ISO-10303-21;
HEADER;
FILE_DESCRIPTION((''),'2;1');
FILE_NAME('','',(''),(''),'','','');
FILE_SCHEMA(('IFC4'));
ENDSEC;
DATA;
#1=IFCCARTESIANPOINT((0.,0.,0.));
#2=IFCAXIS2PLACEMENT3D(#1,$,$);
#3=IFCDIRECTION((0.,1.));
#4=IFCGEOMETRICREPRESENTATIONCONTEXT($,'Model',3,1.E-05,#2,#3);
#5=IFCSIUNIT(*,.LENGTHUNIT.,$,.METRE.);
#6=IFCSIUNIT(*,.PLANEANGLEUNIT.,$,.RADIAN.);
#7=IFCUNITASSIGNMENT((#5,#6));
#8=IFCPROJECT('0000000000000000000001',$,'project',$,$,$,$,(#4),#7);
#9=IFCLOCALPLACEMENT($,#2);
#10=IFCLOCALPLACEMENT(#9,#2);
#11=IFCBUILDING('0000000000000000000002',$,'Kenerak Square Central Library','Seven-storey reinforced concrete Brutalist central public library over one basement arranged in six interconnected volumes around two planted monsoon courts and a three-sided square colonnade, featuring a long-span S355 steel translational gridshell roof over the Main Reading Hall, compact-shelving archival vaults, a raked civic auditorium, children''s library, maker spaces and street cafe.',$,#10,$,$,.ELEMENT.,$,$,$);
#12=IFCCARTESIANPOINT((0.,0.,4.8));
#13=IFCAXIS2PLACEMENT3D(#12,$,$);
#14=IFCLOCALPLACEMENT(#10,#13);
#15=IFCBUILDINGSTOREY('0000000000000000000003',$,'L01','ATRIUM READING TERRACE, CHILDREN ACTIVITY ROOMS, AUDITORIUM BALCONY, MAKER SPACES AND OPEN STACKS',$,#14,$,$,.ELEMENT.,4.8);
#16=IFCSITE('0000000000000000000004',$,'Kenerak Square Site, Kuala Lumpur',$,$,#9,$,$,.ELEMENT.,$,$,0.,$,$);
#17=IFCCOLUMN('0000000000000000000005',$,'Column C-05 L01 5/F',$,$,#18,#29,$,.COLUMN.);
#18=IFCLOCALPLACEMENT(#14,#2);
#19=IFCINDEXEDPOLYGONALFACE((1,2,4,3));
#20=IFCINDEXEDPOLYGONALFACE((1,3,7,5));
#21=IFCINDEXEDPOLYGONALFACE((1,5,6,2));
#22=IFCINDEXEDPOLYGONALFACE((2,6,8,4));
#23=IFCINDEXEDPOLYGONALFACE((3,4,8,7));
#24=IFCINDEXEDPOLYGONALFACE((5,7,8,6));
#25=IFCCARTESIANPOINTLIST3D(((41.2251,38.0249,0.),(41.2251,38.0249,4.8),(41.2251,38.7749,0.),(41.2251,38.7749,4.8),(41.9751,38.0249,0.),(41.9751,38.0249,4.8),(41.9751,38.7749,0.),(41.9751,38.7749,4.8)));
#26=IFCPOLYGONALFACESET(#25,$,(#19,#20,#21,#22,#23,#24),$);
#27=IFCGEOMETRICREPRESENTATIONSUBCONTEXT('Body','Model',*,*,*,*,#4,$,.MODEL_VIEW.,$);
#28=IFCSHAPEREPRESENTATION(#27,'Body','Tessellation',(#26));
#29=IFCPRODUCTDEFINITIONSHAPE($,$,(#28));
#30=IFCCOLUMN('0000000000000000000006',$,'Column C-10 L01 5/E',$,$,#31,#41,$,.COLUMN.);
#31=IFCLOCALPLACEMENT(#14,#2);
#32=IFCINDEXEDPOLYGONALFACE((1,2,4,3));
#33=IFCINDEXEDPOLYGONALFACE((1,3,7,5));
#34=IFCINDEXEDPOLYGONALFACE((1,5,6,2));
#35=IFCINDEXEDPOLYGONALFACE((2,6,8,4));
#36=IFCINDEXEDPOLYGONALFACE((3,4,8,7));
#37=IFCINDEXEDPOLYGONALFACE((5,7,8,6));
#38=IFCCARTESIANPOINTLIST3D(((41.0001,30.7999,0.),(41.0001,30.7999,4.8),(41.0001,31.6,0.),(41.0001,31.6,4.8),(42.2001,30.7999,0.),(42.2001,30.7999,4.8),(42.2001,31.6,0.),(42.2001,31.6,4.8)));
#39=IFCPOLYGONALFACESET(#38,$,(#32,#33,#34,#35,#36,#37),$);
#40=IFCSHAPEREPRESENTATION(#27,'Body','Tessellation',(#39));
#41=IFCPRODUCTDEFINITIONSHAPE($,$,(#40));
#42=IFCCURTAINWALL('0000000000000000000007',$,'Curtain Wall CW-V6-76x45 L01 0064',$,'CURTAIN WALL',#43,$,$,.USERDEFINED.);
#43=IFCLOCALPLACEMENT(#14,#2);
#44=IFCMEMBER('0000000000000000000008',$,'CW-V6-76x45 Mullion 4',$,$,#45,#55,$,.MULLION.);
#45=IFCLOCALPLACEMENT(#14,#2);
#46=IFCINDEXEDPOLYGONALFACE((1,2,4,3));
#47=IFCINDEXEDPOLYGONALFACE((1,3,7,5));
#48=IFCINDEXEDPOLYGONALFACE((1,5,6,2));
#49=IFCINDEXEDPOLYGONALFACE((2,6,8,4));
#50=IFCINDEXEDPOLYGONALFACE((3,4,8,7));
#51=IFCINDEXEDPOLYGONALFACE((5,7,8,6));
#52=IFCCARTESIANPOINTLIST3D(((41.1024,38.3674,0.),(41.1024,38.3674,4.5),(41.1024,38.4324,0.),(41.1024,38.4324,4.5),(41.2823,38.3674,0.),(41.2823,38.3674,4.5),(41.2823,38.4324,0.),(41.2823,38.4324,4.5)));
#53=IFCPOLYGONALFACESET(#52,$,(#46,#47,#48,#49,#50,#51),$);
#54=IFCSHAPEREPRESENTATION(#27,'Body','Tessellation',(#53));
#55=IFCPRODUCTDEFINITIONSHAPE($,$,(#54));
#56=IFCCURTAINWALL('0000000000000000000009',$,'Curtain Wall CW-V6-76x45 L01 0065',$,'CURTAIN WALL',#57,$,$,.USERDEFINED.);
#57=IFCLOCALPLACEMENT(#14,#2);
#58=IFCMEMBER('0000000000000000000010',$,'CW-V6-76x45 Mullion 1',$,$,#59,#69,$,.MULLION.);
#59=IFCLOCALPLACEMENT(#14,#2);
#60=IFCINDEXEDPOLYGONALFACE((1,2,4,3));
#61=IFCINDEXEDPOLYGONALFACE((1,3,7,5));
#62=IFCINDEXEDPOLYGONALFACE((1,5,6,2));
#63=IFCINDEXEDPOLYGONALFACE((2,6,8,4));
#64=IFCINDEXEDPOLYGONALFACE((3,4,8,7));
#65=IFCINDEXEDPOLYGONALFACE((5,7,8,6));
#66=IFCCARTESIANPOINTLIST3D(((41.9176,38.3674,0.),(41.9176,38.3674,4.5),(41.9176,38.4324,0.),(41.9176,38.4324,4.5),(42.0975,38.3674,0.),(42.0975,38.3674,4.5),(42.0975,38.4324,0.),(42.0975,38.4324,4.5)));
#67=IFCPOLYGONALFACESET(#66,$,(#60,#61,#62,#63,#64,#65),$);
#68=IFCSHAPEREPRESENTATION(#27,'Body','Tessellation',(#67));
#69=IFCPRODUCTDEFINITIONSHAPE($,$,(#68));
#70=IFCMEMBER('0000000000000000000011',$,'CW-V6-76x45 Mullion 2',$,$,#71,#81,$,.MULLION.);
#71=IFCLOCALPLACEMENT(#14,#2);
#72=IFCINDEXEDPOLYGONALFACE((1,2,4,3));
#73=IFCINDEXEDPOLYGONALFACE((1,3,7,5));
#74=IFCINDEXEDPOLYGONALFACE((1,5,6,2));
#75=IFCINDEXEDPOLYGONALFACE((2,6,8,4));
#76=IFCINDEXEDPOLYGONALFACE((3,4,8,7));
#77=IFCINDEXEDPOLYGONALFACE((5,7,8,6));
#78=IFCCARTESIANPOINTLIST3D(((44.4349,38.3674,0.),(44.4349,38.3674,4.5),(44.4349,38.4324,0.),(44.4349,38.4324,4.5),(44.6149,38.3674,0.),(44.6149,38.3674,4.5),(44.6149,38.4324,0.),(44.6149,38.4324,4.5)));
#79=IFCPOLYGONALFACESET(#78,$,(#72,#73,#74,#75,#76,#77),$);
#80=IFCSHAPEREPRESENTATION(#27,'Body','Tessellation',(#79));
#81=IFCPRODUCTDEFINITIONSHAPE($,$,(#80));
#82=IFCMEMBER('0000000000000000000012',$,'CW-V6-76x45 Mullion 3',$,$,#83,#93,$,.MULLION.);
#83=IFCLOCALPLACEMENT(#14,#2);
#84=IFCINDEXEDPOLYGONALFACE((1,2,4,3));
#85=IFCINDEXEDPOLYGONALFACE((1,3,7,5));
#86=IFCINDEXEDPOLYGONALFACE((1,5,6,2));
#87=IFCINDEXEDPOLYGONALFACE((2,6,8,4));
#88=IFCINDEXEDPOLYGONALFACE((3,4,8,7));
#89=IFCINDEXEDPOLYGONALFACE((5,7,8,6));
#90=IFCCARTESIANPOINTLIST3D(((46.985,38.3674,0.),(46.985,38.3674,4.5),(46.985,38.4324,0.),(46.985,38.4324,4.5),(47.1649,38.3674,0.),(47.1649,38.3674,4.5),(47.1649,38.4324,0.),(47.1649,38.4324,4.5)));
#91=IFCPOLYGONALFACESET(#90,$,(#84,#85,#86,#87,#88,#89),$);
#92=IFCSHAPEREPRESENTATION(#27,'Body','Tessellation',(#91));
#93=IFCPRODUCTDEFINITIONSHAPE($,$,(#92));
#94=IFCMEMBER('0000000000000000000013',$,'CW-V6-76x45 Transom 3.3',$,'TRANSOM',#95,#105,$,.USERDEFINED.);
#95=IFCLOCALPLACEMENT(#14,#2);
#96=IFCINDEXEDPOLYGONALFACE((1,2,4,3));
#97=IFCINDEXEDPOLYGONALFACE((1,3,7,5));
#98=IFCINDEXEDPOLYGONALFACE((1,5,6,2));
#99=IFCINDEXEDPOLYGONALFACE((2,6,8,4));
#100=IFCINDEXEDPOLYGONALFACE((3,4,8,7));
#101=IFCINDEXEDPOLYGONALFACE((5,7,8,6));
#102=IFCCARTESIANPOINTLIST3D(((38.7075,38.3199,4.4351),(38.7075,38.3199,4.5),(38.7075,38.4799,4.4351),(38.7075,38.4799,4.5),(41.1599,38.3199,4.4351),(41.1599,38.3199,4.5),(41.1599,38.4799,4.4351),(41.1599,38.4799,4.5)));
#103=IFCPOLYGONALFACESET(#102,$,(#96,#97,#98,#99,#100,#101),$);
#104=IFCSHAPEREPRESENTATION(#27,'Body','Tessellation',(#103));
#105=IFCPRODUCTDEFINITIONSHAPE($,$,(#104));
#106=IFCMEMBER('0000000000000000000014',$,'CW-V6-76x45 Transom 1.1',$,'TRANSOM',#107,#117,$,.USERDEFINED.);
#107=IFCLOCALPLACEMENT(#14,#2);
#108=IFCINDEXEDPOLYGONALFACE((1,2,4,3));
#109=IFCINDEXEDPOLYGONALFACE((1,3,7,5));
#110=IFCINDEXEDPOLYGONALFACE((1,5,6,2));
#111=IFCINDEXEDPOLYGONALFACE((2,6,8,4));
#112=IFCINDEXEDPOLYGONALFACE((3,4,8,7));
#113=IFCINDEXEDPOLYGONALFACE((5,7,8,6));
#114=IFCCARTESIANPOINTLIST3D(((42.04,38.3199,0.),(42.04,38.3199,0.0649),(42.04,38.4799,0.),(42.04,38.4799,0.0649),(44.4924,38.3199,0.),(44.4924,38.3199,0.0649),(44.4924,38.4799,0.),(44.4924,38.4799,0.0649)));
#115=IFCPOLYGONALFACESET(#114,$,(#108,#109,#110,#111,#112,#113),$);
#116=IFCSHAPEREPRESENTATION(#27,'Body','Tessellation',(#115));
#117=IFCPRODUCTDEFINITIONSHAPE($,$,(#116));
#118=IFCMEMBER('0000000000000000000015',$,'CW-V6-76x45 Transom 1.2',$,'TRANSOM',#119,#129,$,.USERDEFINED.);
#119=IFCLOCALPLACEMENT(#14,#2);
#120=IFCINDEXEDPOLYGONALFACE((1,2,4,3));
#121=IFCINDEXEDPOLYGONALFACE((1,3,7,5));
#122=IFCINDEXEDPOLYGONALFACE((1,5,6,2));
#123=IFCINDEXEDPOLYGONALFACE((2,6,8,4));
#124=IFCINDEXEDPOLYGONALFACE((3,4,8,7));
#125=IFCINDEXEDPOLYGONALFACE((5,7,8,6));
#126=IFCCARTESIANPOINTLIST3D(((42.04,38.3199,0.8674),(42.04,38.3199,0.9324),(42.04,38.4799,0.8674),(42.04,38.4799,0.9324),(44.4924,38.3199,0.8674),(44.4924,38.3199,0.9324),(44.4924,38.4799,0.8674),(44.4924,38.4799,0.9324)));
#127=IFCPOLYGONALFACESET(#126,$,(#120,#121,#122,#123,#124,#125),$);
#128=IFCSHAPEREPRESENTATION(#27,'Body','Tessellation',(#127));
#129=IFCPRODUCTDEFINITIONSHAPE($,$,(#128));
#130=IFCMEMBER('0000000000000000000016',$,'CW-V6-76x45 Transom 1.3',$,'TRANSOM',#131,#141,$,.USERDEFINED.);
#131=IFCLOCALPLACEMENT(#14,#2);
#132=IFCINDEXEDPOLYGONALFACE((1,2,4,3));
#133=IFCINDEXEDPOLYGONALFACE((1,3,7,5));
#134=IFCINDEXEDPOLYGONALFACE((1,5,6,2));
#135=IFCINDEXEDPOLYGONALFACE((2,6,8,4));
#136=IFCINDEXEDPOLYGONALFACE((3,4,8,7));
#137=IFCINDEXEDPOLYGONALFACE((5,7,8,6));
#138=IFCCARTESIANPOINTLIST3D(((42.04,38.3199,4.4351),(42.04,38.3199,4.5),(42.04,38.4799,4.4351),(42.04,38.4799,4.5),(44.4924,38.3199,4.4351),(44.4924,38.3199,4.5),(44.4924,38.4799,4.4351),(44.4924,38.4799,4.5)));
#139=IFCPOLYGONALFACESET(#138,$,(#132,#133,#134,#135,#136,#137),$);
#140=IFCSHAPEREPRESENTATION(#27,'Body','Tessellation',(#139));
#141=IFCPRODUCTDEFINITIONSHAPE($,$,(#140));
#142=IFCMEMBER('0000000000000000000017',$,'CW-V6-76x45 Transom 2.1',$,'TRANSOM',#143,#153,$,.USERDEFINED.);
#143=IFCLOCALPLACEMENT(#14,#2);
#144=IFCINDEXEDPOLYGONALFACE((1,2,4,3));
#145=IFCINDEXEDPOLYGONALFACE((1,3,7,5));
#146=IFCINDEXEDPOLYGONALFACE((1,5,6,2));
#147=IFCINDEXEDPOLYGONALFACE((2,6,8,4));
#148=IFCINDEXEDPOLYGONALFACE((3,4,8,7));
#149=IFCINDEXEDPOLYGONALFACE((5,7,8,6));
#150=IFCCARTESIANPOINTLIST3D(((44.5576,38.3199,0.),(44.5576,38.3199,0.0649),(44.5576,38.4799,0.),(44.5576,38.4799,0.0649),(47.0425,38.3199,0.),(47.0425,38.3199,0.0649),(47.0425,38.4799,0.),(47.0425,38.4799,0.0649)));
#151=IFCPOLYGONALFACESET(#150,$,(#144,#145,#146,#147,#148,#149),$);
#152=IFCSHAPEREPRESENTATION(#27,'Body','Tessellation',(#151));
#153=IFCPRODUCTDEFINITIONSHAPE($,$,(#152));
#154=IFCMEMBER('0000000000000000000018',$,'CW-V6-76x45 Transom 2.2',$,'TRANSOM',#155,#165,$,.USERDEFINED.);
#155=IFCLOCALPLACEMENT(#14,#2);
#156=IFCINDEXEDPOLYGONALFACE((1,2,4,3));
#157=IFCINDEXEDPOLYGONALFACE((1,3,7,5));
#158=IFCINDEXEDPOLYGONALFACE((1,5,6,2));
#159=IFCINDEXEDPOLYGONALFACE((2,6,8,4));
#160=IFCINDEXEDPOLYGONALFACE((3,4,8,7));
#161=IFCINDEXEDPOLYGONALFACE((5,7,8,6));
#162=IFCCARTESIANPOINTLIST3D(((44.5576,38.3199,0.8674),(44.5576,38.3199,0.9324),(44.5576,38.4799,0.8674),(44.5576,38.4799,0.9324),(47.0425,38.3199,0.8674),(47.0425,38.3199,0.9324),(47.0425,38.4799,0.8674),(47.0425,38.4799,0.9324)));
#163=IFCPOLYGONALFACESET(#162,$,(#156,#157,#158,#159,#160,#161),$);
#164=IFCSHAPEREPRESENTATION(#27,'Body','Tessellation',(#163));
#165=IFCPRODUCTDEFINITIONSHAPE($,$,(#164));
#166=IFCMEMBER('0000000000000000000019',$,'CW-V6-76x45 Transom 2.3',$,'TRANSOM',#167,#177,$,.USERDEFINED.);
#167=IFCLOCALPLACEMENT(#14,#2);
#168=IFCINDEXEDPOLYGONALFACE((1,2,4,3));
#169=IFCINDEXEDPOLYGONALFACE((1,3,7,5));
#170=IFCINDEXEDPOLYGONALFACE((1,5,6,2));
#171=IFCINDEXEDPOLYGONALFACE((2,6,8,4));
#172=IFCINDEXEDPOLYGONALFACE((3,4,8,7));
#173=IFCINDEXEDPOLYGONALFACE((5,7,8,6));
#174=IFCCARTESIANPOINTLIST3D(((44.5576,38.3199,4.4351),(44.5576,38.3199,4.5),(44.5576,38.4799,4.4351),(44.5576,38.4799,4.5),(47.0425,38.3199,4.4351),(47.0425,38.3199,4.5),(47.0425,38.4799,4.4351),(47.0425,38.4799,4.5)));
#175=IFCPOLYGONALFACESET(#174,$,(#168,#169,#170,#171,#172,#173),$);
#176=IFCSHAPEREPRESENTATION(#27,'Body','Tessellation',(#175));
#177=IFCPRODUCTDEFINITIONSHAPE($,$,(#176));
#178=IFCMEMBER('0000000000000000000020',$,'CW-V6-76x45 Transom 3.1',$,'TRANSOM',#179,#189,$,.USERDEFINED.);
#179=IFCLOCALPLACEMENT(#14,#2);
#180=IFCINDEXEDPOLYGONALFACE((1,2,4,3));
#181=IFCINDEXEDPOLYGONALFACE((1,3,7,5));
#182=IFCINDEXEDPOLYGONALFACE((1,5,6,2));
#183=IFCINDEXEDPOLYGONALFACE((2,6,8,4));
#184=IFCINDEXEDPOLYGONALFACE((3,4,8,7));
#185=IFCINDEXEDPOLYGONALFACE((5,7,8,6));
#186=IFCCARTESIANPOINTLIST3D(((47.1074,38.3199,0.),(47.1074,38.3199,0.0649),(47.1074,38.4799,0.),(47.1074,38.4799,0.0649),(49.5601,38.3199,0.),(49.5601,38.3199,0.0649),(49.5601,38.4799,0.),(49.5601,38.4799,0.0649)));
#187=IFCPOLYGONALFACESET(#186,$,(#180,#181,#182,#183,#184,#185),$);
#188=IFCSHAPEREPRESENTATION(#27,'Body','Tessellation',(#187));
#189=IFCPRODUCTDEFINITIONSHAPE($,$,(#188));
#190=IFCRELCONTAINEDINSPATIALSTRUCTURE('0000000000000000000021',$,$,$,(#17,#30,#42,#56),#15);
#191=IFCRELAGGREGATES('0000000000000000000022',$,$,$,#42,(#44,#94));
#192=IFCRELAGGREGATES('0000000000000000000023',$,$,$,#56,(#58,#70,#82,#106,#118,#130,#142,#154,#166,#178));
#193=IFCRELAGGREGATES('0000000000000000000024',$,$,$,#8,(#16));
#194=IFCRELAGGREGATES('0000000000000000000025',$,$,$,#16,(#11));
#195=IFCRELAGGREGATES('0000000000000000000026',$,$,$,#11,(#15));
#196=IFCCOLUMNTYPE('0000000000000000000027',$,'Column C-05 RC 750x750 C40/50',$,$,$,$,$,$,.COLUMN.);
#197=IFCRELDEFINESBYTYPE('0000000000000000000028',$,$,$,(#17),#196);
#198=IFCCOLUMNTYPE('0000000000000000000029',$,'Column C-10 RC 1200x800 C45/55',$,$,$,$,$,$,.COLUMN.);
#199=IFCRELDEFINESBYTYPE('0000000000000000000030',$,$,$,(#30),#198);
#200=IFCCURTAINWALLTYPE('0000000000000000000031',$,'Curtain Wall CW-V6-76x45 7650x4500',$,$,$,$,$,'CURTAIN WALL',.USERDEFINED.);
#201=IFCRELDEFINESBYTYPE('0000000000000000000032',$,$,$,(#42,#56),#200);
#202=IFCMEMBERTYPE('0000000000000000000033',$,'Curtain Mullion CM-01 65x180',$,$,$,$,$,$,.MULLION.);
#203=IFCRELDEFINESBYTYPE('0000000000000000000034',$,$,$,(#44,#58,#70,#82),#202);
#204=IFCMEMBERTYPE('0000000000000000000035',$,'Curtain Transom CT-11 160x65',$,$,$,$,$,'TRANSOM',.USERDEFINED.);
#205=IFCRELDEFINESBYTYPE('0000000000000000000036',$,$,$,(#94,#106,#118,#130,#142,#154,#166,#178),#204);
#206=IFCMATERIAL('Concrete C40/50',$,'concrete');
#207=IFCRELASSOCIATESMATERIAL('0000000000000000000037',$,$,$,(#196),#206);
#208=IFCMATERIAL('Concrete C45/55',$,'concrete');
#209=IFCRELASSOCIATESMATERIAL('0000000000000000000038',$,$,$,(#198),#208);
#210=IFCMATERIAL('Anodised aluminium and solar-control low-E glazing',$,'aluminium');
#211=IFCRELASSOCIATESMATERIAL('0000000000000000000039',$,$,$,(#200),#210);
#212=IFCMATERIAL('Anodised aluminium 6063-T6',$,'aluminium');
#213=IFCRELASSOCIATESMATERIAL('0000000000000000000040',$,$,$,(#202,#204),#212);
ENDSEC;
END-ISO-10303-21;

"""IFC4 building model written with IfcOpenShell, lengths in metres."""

from ifc_helpers import new_model, si_unit, direction, frame, origin, origin_2d, place, context, subcontext, project, spatial, rectangle, extrude, material, material_profile, profile_set, type_object, element, aggregate, save


model = new_model("IFC4")

# Units and contexts
model_context = context("Model", 3, precision=1e-05, world=origin(), true_north=direction((0.0, 1.0)))
body_context = subcontext(model_context, "Body", "Model", "MODEL_VIEW")
ifc_project = project(units=[si_unit("LENGTHUNIT", "METRE"), si_unit("PLANEANGLEUNIT", "RADIAN")], contexts=[model_context])

# Site, building, storey
site_placement = place(None, origin())
site = spatial("IfcSite", under=ifc_project, at=site_placement, Name="Kenerak Square Site, Kuala Lumpur", CompositionType="ELEMENT", RefElevation=0.0)
building_placement = place(site_placement, origin())
building = spatial("IfcBuilding", under=site, at=building_placement, Name="Kenerak Square Central Library", Description="Seven-storey reinforced concrete Brutalist central public library over one basement arranged in six interconnected volumes around two planted monsoon courts and a three-sided square colonnade, featuring a long-span S355 steel translational gridshell roof over the Main Reading Hall, compact-shelving archival vaults, a raked civic auditorium, children's library, maker spaces and street cafe.", CompositionType="ELEMENT")
storey_placement = place(building_placement, frame((0.0, 0.0, 4.8)))
storey = spatial("IfcBuildingStorey", under=building, at=storey_placement, Name="L01", Description="ATRIUM READING TERRACE, CHILDREN ACTIVITY ROOMS, AUDITORIUM BALCONY, MAKER SPACES AND OPEN STACKS", CompositionType="ELEMENT", Elevation=4.8)

# Columns
ifc_material_1 = material(Name="Concrete C40/50", Category="concrete")
ifc_material_profile_1 = material_profile(ifc_material_1, rectangle(XDim=0.75, YDim=0.75, at=origin_2d()), Name="RC 750x750")
ifc_profile_set_1 = profile_set([ifc_material_profile_1], Name="Concrete C40/50")
column_type_1 = type_object("IfcColumnType", Name="Column C-05 RC 750x750 C40/50", PredefinedType="COLUMN", material=ifc_profile_set_1)
column_1_placement = place(storey_placement, frame((41.6001, 38.3999, 0.0), z_axis=(0.0, 0.0, 1.0), x_axis=(1.0, 0.0, 0.0)))
element("IfcColumn", 1, at=column_1_placement, inside=storey, type_object=column_type_1, Name="Column C-05 L01 5/F", PredefinedType="COLUMN", context=body_context, shape_type="SweptSolid", body=[
    extrude(rectangle(XDim=0.75, YDim=0.75, at=origin_2d()), origin(), (0.0, 0.0, 1.0), 4.8),
])
ifc_material_2 = material(Name="Concrete C45/55", Category="concrete")
ifc_material_profile_2 = material_profile(ifc_material_2, rectangle(XDim=1.2, YDim=0.8, at=origin_2d()), Name="RC 1200x800")
ifc_profile_set_2 = profile_set([ifc_material_profile_2], Name="Concrete C45/55")
column_type_2 = type_object("IfcColumnType", Name="Column C-10 RC 1200x800 C45/55", PredefinedType="COLUMN", material=ifc_profile_set_2)
column_2_placement = place(storey_placement, frame((41.6001, 31.2, 0.0), z_axis=(0.0, 0.0, 1.0), x_axis=(1.0, 0.0, 0.0)))
element("IfcColumn", 2, at=column_2_placement, inside=storey, type_object=column_type_2, Name="Column C-10 L01 5/E", PredefinedType="COLUMN", context=body_context, shape_type="SweptSolid", body=[
    extrude(rectangle(XDim=1.2, YDim=0.8, at=origin_2d()), origin(), (0.0, 0.0, 1.0), 4.8),
])

# Curtain wall, member
ifc_material_3 = material(Name="Anodised aluminium and solar-control low-E glazing", Category="aluminium")
curtain_wall_type = type_object("IfcCurtainWallType", Name="Curtain Wall CW-V6-76x45 7650x4500", ElementType="CURTAIN WALL", PredefinedType="USERDEFINED", material=ifc_material_3)
curtain_wall_1_placement = place(storey_placement, origin())
curtain_wall_1 = element("IfcCurtainWall", 3, at=curtain_wall_1_placement, inside=storey, type_object=curtain_wall_type, Name="Curtain Wall CW-V6-76x45 L01 0064", ObjectType="CURTAIN WALL", PredefinedType="USERDEFINED")
ifc_material_4 = material(Name="Anodised aluminium 6063-T6", Category="aluminium")
ifc_material_profile_3 = material_profile(ifc_material_4, rectangle(XDim=0.0649, YDim=0.1799, at=origin_2d()), Name="AL MULLION 65x180")
ifc_profile_set_3 = profile_set([ifc_material_profile_3], Name="Anodised aluminium 6063-T6")
member_type_1 = type_object("IfcMemberType", Name="Curtain Mullion CM-01 65x180", PredefinedType="MULLION", material=ifc_profile_set_3)
member_1_placement = place(storey_placement, frame((41.1924, 38.3999, 0.0), z_axis=(0.0, 0.0, 1.0), x_axis=(0.0, 1.0, 0.0)))
member_1 = element("IfcMember", 4, at=member_1_placement, type_object=member_type_1, Name="CW-V6-76x45 Mullion 4", PredefinedType="MULLION", context=body_context, shape_type="SweptSolid", body=[
    extrude(rectangle(XDim=0.0649, YDim=0.1799, at=origin_2d()), origin(), (0.0, 0.0, 1.0), 4.5),
])

# Curtain wall, members
curtain_wall_2_placement = place(storey_placement, origin())
curtain_wall_2 = element("IfcCurtainWall", 5, at=curtain_wall_2_placement, inside=storey, type_object=curtain_wall_type, Name="Curtain Wall CW-V6-76x45 L01 0065", ObjectType="CURTAIN WALL", PredefinedType="USERDEFINED")
member_2_placement = place(storey_placement, frame((42.0076, 38.3999, 0.0), z_axis=(0.0, 0.0, 1.0), x_axis=(0.0, 1.0, 0.0)))
member_2 = element("IfcMember", 6, at=member_2_placement, type_object=member_type_1, Name="CW-V6-76x45 Mullion 1", PredefinedType="MULLION", context=body_context, shape_type="SweptSolid", body=[
    extrude(rectangle(XDim=0.0649, YDim=0.1799, at=origin_2d()), origin(), (0.0, 0.0, 1.0), 4.5),
])
member_3_placement = place(storey_placement, frame((44.5249, 38.3999, 0.0), z_axis=(0.0, 0.0, 1.0), x_axis=(0.0, 1.0, 0.0)))
member_3 = element("IfcMember", 7, at=member_3_placement, type_object=member_type_1, Name="CW-V6-76x45 Mullion 2", PredefinedType="MULLION", context=body_context, shape_type="SweptSolid", body=[
    extrude(rectangle(XDim=0.0649, YDim=0.1799, at=origin_2d()), origin(), (0.0, 0.0, 1.0), 4.5),
])
member_4_placement = place(storey_placement, frame((47.075, 38.3999, 0.0), z_axis=(0.0, 0.0, 1.0), x_axis=(0.0, 1.0, 0.0)))
member_4 = element("IfcMember", 8, at=member_4_placement, type_object=member_type_1, Name="CW-V6-76x45 Mullion 3", PredefinedType="MULLION", context=body_context, shape_type="SweptSolid", body=[
    extrude(rectangle(XDim=0.0649, YDim=0.1799, at=origin_2d()), origin(), (0.0, 0.0, 1.0), 4.5),
])

# Members
ifc_material_profile_4 = material_profile(ifc_material_4, rectangle(XDim=0.1599, YDim=0.0649, at=origin_2d()), Name="AL TRANSOM 160x65")
ifc_profile_set_4 = profile_set([ifc_material_profile_4], Name="Anodised aluminium 6063-T6")
member_type_2 = type_object("IfcMemberType", Name="Curtain Transom CT-11 160x65", ElementType="TRANSOM", PredefinedType="USERDEFINED", material=ifc_profile_set_4)
member_5_placement = place(storey_placement, frame((38.7075, 38.3999, 4.4675), z_axis=(1.0, 0.0, 0.0), x_axis=(0.0, 1.0, 0.0)))
member_5 = element("IfcMember", 9, at=member_5_placement, type_object=member_type_2, Name="CW-V6-76x45 Transom 3.3", ObjectType="TRANSOM", PredefinedType="USERDEFINED", context=body_context, shape_type="SweptSolid", body=[
    extrude(rectangle(XDim=0.1599, YDim=0.0649, at=origin_2d()), origin(), (0.0, 0.0, 1.0), 2.4524),
])
member_6_placement = place(storey_placement, frame((42.04, 38.3999, 0.0325), z_axis=(1.0, 0.0, 0.0), x_axis=(0.0, 1.0, 0.0)))
member_6 = element("IfcMember", 10, at=member_6_placement, type_object=member_type_2, Name="CW-V6-76x45 Transom 1.1", ObjectType="TRANSOM", PredefinedType="USERDEFINED", context=body_context, shape_type="SweptSolid", body=[
    extrude(rectangle(XDim=0.1599, YDim=0.0649, at=origin_2d()), origin(), (0.0, 0.0, 1.0), 2.4524),
])
member_7_placement = place(storey_placement, frame((42.04, 38.3999, 0.8999), z_axis=(1.0, 0.0, 0.0), x_axis=(0.0, 1.0, 0.0)))
member_7 = element("IfcMember", 11, at=member_7_placement, type_object=member_type_2, Name="CW-V6-76x45 Transom 1.2", ObjectType="TRANSOM", PredefinedType="USERDEFINED", context=body_context, shape_type="SweptSolid", body=[
    extrude(rectangle(XDim=0.1599, YDim=0.0649, at=origin_2d()), origin(), (0.0, 0.0, 1.0), 2.4524),
])
member_8_placement = place(storey_placement, frame((42.04, 38.3999, 4.4675), z_axis=(1.0, 0.0, 0.0), x_axis=(0.0, 1.0, 0.0)))
member_8 = element("IfcMember", 12, at=member_8_placement, type_object=member_type_2, Name="CW-V6-76x45 Transom 1.3", ObjectType="TRANSOM", PredefinedType="USERDEFINED", context=body_context, shape_type="SweptSolid", body=[
    extrude(rectangle(XDim=0.1599, YDim=0.0649, at=origin_2d()), origin(), (0.0, 0.0, 1.0), 2.4524),
])
member_9_placement = place(storey_placement, frame((44.5576, 38.3999, 0.0325), z_axis=(1.0, 0.0, 0.0), x_axis=(0.0, 1.0, 0.0)))
member_9 = element("IfcMember", 13, at=member_9_placement, type_object=member_type_2, Name="CW-V6-76x45 Transom 2.1", ObjectType="TRANSOM", PredefinedType="USERDEFINED", context=body_context, shape_type="SweptSolid", body=[
    extrude(rectangle(XDim=0.1599, YDim=0.0649, at=origin_2d()), origin(), (0.0, 0.0, 1.0), 2.4849),
])
member_10_placement = place(storey_placement, frame((44.5576, 38.3999, 0.8999), z_axis=(1.0, 0.0, 0.0), x_axis=(0.0, 1.0, 0.0)))
member_10 = element("IfcMember", 14, at=member_10_placement, type_object=member_type_2, Name="CW-V6-76x45 Transom 2.2", ObjectType="TRANSOM", PredefinedType="USERDEFINED", context=body_context, shape_type="SweptSolid", body=[
    extrude(rectangle(XDim=0.1599, YDim=0.0649, at=origin_2d()), origin(), (0.0, 0.0, 1.0), 2.4849),
])
member_11_placement = place(storey_placement, frame((44.5576, 38.3999, 4.4675), z_axis=(1.0, 0.0, 0.0), x_axis=(0.0, 1.0, 0.0)))
member_11 = element("IfcMember", 15, at=member_11_placement, type_object=member_type_2, Name="CW-V6-76x45 Transom 2.3", ObjectType="TRANSOM", PredefinedType="USERDEFINED", context=body_context, shape_type="SweptSolid", body=[
    extrude(rectangle(XDim=0.1599, YDim=0.0649, at=origin_2d()), origin(), (0.0, 0.0, 1.0), 2.4849),
])
member_12_placement = place(storey_placement, frame((47.1074, 38.3999, 0.0325), z_axis=(1.0, 0.0, 0.0), x_axis=(0.0, 1.0, 0.0)))
member_12 = element("IfcMember", 16, at=member_12_placement, type_object=member_type_2, Name="CW-V6-76x45 Transom 3.1", ObjectType="TRANSOM", PredefinedType="USERDEFINED", context=body_context, shape_type="SweptSolid", body=[
    extrude(rectangle(XDim=0.1599, YDim=0.0649, at=origin_2d()), origin(), (0.0, 0.0, 1.0), 2.4526),
])

aggregate(curtain_wall_1, [member_1, member_5])
aggregate(curtain_wall_2, [member_2, member_3, member_4, member_6, member_7, member_8, member_9, member_10, member_11, member_12])

save(model, "model.ifc")
